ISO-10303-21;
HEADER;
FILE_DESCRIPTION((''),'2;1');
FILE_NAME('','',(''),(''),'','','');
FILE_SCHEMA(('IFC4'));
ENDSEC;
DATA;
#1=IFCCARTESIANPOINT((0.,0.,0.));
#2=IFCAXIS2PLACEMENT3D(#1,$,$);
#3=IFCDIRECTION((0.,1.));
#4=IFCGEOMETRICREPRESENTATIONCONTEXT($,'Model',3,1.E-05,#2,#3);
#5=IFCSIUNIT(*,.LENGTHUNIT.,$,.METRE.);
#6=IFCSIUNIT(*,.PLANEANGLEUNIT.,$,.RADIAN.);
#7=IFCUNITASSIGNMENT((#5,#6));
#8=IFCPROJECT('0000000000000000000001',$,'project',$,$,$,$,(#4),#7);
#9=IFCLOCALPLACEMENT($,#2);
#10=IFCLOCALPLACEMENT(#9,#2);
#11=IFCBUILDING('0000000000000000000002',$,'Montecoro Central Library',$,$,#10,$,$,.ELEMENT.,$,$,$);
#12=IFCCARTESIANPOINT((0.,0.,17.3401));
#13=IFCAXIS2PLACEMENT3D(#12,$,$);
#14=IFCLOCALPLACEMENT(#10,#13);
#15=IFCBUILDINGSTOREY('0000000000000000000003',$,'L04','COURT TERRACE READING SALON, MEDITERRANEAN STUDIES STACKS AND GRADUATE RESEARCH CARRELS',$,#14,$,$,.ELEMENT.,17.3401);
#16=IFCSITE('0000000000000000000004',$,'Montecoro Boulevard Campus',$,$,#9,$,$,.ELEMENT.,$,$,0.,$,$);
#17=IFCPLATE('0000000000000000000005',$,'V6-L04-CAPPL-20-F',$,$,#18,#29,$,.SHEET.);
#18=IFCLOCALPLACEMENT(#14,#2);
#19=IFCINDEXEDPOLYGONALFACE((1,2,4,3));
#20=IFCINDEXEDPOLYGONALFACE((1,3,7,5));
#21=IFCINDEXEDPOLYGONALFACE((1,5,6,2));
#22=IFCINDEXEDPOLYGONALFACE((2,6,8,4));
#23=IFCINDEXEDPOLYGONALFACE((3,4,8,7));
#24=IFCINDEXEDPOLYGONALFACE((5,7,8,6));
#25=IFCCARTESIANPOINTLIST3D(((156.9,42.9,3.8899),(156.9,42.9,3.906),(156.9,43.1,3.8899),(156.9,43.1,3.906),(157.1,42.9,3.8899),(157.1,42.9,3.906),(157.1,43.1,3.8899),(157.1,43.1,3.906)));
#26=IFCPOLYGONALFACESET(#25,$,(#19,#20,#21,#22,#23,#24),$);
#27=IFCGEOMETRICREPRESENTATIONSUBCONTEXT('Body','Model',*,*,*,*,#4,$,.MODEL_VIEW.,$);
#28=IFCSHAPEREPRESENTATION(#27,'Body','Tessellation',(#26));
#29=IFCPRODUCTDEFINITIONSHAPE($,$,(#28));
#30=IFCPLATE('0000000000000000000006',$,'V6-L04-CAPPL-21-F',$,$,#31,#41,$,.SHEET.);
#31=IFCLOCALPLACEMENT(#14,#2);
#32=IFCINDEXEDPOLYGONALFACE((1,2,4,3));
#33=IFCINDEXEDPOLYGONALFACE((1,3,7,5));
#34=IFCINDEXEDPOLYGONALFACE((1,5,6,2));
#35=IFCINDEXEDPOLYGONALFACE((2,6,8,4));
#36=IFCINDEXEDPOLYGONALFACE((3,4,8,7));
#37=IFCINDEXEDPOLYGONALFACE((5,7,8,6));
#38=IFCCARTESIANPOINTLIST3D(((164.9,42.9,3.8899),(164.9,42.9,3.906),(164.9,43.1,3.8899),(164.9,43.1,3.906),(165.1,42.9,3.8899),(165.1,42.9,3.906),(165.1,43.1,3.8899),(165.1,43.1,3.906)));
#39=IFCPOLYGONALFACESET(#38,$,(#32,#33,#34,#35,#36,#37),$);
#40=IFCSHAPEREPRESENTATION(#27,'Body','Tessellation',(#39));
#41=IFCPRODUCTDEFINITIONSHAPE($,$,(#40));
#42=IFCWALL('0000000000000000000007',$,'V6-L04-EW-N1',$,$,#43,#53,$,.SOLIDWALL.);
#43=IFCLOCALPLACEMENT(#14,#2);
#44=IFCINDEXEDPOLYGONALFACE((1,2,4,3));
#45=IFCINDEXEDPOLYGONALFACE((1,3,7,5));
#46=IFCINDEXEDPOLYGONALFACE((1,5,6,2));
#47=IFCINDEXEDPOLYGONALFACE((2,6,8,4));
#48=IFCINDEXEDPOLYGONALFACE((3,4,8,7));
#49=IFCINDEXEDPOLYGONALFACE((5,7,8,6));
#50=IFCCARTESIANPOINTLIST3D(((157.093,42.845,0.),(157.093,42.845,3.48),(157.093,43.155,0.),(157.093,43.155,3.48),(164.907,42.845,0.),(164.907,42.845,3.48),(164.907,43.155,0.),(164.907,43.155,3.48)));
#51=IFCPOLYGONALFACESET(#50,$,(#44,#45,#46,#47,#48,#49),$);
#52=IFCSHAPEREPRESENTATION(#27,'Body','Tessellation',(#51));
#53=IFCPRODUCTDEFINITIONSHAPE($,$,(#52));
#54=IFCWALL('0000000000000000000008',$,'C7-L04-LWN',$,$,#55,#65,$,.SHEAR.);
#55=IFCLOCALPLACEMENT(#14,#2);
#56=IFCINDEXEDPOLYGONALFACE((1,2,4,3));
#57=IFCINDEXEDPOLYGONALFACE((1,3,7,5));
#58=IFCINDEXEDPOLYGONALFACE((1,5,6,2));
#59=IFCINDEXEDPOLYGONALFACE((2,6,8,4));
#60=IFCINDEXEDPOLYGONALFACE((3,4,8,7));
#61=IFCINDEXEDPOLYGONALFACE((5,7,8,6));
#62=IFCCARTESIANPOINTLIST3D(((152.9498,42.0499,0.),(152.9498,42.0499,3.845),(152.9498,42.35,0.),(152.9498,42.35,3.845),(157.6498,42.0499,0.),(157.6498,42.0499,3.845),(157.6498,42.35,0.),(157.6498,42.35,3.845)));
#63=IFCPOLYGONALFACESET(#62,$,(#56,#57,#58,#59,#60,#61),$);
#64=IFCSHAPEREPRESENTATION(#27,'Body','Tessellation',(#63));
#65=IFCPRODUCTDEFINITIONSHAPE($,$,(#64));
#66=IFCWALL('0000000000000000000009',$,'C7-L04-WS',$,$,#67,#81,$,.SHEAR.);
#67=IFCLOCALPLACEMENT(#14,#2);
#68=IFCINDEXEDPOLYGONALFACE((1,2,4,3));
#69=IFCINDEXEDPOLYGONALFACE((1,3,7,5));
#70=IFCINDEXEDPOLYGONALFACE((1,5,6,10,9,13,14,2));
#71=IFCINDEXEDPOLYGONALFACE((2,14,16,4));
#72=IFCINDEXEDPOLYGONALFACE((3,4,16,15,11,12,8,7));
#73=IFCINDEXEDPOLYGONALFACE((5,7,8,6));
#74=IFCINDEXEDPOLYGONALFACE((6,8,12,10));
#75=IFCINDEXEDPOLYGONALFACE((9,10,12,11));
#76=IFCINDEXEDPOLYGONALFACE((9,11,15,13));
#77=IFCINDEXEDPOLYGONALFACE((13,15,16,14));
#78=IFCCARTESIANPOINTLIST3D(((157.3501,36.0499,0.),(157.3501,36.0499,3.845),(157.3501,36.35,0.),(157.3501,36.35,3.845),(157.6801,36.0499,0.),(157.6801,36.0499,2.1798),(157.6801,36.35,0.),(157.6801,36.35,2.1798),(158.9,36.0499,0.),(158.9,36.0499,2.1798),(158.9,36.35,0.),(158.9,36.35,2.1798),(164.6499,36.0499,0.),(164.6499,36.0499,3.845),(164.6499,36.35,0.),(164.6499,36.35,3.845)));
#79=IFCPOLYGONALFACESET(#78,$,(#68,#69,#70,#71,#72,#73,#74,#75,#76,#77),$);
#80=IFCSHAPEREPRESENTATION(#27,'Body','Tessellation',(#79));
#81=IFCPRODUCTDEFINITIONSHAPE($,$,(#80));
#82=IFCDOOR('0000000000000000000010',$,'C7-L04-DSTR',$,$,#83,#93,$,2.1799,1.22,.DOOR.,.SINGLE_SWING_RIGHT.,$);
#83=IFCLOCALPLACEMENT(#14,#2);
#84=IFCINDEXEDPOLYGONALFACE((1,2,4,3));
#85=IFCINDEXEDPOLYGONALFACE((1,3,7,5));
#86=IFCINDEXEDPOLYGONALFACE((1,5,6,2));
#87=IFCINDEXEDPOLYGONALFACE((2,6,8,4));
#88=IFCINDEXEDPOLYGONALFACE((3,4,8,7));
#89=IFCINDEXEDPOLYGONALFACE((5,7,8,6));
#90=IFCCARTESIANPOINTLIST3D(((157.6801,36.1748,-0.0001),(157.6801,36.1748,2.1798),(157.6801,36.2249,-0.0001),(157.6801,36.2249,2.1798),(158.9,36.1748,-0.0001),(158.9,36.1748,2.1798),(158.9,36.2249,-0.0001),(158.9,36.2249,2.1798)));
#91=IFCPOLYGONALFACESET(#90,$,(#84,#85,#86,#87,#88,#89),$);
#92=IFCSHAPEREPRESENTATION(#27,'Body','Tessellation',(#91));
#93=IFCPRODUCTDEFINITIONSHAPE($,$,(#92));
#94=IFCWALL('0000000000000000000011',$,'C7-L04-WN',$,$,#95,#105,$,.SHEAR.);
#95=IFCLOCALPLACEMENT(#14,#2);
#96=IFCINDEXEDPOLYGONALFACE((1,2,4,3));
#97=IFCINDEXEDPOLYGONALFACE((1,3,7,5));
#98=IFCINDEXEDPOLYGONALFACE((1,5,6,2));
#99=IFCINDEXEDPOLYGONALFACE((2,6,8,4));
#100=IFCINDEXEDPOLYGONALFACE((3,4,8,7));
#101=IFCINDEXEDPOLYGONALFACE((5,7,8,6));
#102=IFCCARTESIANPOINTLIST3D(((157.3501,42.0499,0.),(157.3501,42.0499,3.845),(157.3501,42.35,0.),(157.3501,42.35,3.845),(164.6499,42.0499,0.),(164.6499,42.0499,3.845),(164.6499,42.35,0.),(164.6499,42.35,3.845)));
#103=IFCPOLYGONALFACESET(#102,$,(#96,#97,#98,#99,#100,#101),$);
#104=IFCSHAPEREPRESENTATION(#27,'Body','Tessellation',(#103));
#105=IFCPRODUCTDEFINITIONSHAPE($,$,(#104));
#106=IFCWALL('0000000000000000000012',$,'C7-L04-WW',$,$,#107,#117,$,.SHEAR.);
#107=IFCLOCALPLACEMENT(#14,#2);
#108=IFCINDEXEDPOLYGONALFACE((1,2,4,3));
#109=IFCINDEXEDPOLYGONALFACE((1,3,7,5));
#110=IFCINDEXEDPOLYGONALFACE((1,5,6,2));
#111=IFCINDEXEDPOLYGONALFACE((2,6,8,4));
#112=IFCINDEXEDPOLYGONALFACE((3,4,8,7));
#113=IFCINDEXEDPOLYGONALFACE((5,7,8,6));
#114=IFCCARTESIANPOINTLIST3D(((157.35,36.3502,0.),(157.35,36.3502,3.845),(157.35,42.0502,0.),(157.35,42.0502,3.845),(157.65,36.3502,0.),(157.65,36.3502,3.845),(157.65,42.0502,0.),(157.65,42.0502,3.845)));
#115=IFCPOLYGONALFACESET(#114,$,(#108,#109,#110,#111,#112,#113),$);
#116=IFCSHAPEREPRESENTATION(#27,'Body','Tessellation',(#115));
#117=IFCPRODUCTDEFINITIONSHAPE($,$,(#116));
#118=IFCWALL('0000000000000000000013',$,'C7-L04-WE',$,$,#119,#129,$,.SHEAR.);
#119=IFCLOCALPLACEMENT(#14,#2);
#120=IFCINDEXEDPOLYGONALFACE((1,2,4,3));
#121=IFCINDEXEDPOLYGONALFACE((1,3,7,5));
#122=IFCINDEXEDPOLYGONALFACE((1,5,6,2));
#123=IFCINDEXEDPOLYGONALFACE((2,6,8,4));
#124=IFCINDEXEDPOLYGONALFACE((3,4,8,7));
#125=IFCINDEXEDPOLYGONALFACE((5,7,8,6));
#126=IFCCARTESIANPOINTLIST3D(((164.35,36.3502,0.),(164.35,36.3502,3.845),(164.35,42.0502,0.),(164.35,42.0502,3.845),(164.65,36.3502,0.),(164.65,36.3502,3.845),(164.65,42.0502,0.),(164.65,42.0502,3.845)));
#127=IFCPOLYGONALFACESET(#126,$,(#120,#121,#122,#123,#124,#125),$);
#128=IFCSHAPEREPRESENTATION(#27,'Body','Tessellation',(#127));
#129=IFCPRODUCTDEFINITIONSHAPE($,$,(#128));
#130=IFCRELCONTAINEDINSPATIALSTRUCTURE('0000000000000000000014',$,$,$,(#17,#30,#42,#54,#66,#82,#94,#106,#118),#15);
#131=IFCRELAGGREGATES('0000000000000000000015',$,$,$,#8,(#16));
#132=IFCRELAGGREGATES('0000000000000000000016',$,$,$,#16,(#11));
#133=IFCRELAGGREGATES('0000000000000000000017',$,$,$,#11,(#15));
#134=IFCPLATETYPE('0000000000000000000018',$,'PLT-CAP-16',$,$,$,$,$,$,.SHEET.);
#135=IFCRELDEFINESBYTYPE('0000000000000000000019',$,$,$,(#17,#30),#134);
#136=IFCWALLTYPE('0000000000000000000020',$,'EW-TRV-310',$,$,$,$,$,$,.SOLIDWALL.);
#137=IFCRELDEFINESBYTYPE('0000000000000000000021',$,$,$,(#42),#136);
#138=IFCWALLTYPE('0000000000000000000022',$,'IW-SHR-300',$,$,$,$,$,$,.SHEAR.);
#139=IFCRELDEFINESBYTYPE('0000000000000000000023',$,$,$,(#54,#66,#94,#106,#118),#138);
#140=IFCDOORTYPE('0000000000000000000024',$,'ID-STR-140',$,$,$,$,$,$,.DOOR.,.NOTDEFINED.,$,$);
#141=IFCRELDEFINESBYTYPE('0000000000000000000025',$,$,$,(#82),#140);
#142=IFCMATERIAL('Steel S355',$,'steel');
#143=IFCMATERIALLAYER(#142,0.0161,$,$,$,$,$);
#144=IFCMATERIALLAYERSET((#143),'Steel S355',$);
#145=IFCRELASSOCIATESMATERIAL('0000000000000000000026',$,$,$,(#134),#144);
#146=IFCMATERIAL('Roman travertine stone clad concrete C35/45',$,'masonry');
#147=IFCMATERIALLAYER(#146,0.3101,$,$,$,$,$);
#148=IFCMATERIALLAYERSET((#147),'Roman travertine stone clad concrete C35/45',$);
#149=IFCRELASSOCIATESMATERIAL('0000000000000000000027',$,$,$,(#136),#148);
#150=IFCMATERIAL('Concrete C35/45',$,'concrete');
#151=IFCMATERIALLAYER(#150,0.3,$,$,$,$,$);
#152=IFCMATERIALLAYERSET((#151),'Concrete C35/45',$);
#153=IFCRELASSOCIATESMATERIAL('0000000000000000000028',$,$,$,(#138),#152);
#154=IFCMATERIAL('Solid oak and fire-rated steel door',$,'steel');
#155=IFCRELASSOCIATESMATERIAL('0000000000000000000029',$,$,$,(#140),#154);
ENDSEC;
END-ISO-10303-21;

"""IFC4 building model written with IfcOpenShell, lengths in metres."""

from ifc_helpers import new_model, si_unit, direction, frame, frame_2d, origin, origin_2d, place, context, subcontext, project, spatial, rectangle, extrude, material, layer, layer_set, type_object, element, fill, save


model = new_model("IFC4")

# Units and contexts
model_context = context("Model", 3, precision=1e-05, world=origin(), true_north=direction((0.0, 1.0)))
body_context = subcontext(model_context, "Body", "Model", "MODEL_VIEW")
ifc_project = project(units=[si_unit("LENGTHUNIT", "METRE"), si_unit("PLANEANGLEUNIT", "RADIAN")], contexts=[model_context])

# Site, building, storey
site_placement = place(None, origin())
site = spatial("IfcSite", under=ifc_project, at=site_placement, Name="Montecoro Boulevard Campus", CompositionType="ELEMENT", RefElevation=0.0)
building_placement = place(site_placement, origin())
building = spatial("IfcBuilding", under=site, at=building_placement, Name="Montecoro Central Library", CompositionType="ELEMENT")
storey_placement = place(building_placement, frame((0.0, 0.0, 17.3401)))
storey = spatial("IfcBuildingStorey", under=building, at=storey_placement, Name="L04", Description="COURT TERRACE READING SALON, MEDITERRANEAN STUDIES STACKS AND GRADUATE RESEARCH CARRELS", CompositionType="ELEMENT", Elevation=17.3401)

# Shared definitions
ifc_material_1 = material(Name="Steel S355", Category="steel")

# Shared definitions
ifc_material_2 = material(Name="Concrete C35/45", Category="concrete")

# Plates
ifc_layer_1 = layer(ifc_material_1, 0.0161)
ifc_layer_set_1 = layer_set([ifc_layer_1], Name="Steel S355")
plate_type_1 = type_object("IfcPlateType", Name="PLT-CAP-16", PredefinedType="SHEET", material=ifc_layer_set_1)
for number, where, z_axis, x_axis, name in (
    (1, (157.0, 43.0, 3.8899), (0.0, 0.0, 1.0), (1.0, 0.0, 0.0), "V6-L04-CAPPL-20-F"),
    (2, (165.0, 43.0, 3.8899), (0.0, 0.0, 1.0), (1.0, 0.0, 0.0), "V6-L04-CAPPL-21-F"),
):
    element("IfcPlate", number, at=place(storey_placement, frame(where, z_axis=z_axis, x_axis=x_axis)), inside=storey, type_object=plate_type_1, Name=name, PredefinedType="SHEET", context=body_context, shape_type="SweptSolid", body=[
        extrude(rectangle(XDim=0.2, YDim=0.2, at=origin_2d()), origin(), (0.0, 0.0, 1.0), 0.0161),
    ])

# Walls
ifc_material_3 = material(Name="Roman travertine stone clad concrete C35/45", Category="masonry")
ifc_layer_2 = layer(ifc_material_3, 0.3101)
ifc_layer_set_2 = layer_set([ifc_layer_2], Name="Roman travertine stone clad concrete C35/45")
wall_type_1 = type_object("IfcWallType", Name="EW-TRV-310", PredefinedType="SOLIDWALL", material=ifc_layer_set_2)
wall_1_placement = place(storey_placement, frame((164.907, 43.0, 0.0), z_axis=(0.0, 0.0, 1.0), x_axis=(-1.0, 0.0, 0.0)))
element("IfcWall", 3, at=wall_1_placement, inside=storey, type_object=wall_type_1, Name="V6-L04-EW-N1", PredefinedType="SOLIDWALL", context=body_context, shape_type="SweptSolid", body=[
    extrude(rectangle(XDim=7.814, YDim=0.3101, at=frame_2d((3.907, 0.0))), origin(), (0.0, 0.0, 1.0), 3.48),
])
ifc_layer_3 = layer(ifc_material_2, 0.3)
ifc_layer_set_3 = layer_set([ifc_layer_3], Name="Concrete C35/45")
wall_type_2 = type_object("IfcWallType", Name="IW-SHR-300", PredefinedType="SHEAR", material=ifc_layer_set_3)
wall_2_placement = place(storey_placement, frame((157.6499, 42.2, 0.0), z_axis=(0.0, 0.0, 1.0), x_axis=(-1.0, 0.0, 0.0)))
element("IfcWall", 4, at=wall_2_placement, inside=storey, type_object=wall_type_2, Name="C7-L04-LWN", PredefinedType="SHEAR", context=body_context, shape_type="SweptSolid", body=[
    extrude(rectangle(XDim=4.7, YDim=0.3, at=frame_2d((2.3501, 0.0))), origin(), (0.0, 0.0, 1.0), 3.845),
])

# Wall, opening, door
wall_3_placement = place(storey_placement, frame((157.3501, 36.2, 0.0), z_axis=(0.0, 0.0, 1.0), x_axis=(1.0, 0.0, 0.0)))
wall_3 = element("IfcWall", 5, at=wall_3_placement, inside=storey, type_object=wall_type_2, Name="C7-L04-WS", PredefinedType="SHEAR", context=body_context, shape_type="SweptSolid", body=[
    extrude(rectangle(XDim=7.2998, YDim=0.3, at=frame_2d((3.6499, 0.0))), origin(), (0.0, 0.0, 1.0), 3.845),
])
opening_placement = place(wall_3_placement, frame((0.3301, 0.0, 0.0)))
opening = element("IfcOpeningElement", 6, at=opening_placement, cuts=wall_3, PredefinedType="OPENING", context=body_context, shape_type="SweptSolid", body=[
    extrude(rectangle(XDim=1.22, YDim=2.1799, at=frame_2d((0.6099, 1.0898))), frame((0.0, 0.1599, 0.0), z_axis=(0.0, -1.0, 0.0), x_axis=(1.0, 0.0, 0.0)), (0.0, 0.0, 1.0), 0.3201),
])
ifc_material_4 = material(Name="Solid oak and fire-rated steel door", Category="steel")
door_type = type_object("IfcDoorType", Name="ID-STR-140", OperationType="NOTDEFINED", PredefinedType="DOOR", material=ifc_material_4)
door_placement = place(opening_placement, origin())
door = element("IfcDoor", 7, at=door_placement, inside=storey, type_object=door_type, Name="C7-L04-DSTR", OperationType="SINGLE_SWING_RIGHT", OverallHeight=2.1799, OverallWidth=1.22, PredefinedType="DOOR", context=body_context, shape_type="SweptSolid", body=[
    extrude(rectangle(XDim=1.22, YDim=2.1799, at=frame_2d((0.6099, 1.0898))), frame((0.0, 0.0249, 0.0), z_axis=(0.0, -1.0, 0.0), x_axis=(1.0, 0.0, 0.0)), (0.0, 0.0, 1.0), 0.05),
])
fill(opening, door)

# Walls
wall_4_placement = place(storey_placement, frame((157.3501, 42.2, 0.0), z_axis=(0.0, 0.0, 1.0), x_axis=(1.0, 0.0, 0.0)))
element("IfcWall", 8, at=wall_4_placement, inside=storey, type_object=wall_type_2, Name="C7-L04-WN", PredefinedType="SHEAR", context=body_context, shape_type="SweptSolid", body=[
    extrude(rectangle(XDim=7.2998, YDim=0.3, at=frame_2d((3.6499, 0.0))), origin(), (0.0, 0.0, 1.0), 3.845),
])
for number, where, z_axis, x_axis, name in (
    (9, (157.5, 36.3501, 0.0), (0.0, 0.0, 1.0), (0.0, 1.0, 0.0), "C7-L04-WW"),
    (10, (164.5, 36.3501, 0.0), (0.0, 0.0, 1.0), (0.0, 1.0, 0.0), "C7-L04-WE"),
):
    element("IfcWall", number, at=place(storey_placement, frame(where, z_axis=z_axis, x_axis=x_axis)), inside=storey, type_object=wall_type_2, Name=name, PredefinedType="SHEAR", context=body_context, shape_type="SweptSolid", body=[
        extrude(rectangle(XDim=5.7, YDim=0.3, at=frame_2d((2.8501, 0.0))), origin(), (0.0, 0.0, 1.0), 3.845),
    ])

save(model, "model.ifc")
